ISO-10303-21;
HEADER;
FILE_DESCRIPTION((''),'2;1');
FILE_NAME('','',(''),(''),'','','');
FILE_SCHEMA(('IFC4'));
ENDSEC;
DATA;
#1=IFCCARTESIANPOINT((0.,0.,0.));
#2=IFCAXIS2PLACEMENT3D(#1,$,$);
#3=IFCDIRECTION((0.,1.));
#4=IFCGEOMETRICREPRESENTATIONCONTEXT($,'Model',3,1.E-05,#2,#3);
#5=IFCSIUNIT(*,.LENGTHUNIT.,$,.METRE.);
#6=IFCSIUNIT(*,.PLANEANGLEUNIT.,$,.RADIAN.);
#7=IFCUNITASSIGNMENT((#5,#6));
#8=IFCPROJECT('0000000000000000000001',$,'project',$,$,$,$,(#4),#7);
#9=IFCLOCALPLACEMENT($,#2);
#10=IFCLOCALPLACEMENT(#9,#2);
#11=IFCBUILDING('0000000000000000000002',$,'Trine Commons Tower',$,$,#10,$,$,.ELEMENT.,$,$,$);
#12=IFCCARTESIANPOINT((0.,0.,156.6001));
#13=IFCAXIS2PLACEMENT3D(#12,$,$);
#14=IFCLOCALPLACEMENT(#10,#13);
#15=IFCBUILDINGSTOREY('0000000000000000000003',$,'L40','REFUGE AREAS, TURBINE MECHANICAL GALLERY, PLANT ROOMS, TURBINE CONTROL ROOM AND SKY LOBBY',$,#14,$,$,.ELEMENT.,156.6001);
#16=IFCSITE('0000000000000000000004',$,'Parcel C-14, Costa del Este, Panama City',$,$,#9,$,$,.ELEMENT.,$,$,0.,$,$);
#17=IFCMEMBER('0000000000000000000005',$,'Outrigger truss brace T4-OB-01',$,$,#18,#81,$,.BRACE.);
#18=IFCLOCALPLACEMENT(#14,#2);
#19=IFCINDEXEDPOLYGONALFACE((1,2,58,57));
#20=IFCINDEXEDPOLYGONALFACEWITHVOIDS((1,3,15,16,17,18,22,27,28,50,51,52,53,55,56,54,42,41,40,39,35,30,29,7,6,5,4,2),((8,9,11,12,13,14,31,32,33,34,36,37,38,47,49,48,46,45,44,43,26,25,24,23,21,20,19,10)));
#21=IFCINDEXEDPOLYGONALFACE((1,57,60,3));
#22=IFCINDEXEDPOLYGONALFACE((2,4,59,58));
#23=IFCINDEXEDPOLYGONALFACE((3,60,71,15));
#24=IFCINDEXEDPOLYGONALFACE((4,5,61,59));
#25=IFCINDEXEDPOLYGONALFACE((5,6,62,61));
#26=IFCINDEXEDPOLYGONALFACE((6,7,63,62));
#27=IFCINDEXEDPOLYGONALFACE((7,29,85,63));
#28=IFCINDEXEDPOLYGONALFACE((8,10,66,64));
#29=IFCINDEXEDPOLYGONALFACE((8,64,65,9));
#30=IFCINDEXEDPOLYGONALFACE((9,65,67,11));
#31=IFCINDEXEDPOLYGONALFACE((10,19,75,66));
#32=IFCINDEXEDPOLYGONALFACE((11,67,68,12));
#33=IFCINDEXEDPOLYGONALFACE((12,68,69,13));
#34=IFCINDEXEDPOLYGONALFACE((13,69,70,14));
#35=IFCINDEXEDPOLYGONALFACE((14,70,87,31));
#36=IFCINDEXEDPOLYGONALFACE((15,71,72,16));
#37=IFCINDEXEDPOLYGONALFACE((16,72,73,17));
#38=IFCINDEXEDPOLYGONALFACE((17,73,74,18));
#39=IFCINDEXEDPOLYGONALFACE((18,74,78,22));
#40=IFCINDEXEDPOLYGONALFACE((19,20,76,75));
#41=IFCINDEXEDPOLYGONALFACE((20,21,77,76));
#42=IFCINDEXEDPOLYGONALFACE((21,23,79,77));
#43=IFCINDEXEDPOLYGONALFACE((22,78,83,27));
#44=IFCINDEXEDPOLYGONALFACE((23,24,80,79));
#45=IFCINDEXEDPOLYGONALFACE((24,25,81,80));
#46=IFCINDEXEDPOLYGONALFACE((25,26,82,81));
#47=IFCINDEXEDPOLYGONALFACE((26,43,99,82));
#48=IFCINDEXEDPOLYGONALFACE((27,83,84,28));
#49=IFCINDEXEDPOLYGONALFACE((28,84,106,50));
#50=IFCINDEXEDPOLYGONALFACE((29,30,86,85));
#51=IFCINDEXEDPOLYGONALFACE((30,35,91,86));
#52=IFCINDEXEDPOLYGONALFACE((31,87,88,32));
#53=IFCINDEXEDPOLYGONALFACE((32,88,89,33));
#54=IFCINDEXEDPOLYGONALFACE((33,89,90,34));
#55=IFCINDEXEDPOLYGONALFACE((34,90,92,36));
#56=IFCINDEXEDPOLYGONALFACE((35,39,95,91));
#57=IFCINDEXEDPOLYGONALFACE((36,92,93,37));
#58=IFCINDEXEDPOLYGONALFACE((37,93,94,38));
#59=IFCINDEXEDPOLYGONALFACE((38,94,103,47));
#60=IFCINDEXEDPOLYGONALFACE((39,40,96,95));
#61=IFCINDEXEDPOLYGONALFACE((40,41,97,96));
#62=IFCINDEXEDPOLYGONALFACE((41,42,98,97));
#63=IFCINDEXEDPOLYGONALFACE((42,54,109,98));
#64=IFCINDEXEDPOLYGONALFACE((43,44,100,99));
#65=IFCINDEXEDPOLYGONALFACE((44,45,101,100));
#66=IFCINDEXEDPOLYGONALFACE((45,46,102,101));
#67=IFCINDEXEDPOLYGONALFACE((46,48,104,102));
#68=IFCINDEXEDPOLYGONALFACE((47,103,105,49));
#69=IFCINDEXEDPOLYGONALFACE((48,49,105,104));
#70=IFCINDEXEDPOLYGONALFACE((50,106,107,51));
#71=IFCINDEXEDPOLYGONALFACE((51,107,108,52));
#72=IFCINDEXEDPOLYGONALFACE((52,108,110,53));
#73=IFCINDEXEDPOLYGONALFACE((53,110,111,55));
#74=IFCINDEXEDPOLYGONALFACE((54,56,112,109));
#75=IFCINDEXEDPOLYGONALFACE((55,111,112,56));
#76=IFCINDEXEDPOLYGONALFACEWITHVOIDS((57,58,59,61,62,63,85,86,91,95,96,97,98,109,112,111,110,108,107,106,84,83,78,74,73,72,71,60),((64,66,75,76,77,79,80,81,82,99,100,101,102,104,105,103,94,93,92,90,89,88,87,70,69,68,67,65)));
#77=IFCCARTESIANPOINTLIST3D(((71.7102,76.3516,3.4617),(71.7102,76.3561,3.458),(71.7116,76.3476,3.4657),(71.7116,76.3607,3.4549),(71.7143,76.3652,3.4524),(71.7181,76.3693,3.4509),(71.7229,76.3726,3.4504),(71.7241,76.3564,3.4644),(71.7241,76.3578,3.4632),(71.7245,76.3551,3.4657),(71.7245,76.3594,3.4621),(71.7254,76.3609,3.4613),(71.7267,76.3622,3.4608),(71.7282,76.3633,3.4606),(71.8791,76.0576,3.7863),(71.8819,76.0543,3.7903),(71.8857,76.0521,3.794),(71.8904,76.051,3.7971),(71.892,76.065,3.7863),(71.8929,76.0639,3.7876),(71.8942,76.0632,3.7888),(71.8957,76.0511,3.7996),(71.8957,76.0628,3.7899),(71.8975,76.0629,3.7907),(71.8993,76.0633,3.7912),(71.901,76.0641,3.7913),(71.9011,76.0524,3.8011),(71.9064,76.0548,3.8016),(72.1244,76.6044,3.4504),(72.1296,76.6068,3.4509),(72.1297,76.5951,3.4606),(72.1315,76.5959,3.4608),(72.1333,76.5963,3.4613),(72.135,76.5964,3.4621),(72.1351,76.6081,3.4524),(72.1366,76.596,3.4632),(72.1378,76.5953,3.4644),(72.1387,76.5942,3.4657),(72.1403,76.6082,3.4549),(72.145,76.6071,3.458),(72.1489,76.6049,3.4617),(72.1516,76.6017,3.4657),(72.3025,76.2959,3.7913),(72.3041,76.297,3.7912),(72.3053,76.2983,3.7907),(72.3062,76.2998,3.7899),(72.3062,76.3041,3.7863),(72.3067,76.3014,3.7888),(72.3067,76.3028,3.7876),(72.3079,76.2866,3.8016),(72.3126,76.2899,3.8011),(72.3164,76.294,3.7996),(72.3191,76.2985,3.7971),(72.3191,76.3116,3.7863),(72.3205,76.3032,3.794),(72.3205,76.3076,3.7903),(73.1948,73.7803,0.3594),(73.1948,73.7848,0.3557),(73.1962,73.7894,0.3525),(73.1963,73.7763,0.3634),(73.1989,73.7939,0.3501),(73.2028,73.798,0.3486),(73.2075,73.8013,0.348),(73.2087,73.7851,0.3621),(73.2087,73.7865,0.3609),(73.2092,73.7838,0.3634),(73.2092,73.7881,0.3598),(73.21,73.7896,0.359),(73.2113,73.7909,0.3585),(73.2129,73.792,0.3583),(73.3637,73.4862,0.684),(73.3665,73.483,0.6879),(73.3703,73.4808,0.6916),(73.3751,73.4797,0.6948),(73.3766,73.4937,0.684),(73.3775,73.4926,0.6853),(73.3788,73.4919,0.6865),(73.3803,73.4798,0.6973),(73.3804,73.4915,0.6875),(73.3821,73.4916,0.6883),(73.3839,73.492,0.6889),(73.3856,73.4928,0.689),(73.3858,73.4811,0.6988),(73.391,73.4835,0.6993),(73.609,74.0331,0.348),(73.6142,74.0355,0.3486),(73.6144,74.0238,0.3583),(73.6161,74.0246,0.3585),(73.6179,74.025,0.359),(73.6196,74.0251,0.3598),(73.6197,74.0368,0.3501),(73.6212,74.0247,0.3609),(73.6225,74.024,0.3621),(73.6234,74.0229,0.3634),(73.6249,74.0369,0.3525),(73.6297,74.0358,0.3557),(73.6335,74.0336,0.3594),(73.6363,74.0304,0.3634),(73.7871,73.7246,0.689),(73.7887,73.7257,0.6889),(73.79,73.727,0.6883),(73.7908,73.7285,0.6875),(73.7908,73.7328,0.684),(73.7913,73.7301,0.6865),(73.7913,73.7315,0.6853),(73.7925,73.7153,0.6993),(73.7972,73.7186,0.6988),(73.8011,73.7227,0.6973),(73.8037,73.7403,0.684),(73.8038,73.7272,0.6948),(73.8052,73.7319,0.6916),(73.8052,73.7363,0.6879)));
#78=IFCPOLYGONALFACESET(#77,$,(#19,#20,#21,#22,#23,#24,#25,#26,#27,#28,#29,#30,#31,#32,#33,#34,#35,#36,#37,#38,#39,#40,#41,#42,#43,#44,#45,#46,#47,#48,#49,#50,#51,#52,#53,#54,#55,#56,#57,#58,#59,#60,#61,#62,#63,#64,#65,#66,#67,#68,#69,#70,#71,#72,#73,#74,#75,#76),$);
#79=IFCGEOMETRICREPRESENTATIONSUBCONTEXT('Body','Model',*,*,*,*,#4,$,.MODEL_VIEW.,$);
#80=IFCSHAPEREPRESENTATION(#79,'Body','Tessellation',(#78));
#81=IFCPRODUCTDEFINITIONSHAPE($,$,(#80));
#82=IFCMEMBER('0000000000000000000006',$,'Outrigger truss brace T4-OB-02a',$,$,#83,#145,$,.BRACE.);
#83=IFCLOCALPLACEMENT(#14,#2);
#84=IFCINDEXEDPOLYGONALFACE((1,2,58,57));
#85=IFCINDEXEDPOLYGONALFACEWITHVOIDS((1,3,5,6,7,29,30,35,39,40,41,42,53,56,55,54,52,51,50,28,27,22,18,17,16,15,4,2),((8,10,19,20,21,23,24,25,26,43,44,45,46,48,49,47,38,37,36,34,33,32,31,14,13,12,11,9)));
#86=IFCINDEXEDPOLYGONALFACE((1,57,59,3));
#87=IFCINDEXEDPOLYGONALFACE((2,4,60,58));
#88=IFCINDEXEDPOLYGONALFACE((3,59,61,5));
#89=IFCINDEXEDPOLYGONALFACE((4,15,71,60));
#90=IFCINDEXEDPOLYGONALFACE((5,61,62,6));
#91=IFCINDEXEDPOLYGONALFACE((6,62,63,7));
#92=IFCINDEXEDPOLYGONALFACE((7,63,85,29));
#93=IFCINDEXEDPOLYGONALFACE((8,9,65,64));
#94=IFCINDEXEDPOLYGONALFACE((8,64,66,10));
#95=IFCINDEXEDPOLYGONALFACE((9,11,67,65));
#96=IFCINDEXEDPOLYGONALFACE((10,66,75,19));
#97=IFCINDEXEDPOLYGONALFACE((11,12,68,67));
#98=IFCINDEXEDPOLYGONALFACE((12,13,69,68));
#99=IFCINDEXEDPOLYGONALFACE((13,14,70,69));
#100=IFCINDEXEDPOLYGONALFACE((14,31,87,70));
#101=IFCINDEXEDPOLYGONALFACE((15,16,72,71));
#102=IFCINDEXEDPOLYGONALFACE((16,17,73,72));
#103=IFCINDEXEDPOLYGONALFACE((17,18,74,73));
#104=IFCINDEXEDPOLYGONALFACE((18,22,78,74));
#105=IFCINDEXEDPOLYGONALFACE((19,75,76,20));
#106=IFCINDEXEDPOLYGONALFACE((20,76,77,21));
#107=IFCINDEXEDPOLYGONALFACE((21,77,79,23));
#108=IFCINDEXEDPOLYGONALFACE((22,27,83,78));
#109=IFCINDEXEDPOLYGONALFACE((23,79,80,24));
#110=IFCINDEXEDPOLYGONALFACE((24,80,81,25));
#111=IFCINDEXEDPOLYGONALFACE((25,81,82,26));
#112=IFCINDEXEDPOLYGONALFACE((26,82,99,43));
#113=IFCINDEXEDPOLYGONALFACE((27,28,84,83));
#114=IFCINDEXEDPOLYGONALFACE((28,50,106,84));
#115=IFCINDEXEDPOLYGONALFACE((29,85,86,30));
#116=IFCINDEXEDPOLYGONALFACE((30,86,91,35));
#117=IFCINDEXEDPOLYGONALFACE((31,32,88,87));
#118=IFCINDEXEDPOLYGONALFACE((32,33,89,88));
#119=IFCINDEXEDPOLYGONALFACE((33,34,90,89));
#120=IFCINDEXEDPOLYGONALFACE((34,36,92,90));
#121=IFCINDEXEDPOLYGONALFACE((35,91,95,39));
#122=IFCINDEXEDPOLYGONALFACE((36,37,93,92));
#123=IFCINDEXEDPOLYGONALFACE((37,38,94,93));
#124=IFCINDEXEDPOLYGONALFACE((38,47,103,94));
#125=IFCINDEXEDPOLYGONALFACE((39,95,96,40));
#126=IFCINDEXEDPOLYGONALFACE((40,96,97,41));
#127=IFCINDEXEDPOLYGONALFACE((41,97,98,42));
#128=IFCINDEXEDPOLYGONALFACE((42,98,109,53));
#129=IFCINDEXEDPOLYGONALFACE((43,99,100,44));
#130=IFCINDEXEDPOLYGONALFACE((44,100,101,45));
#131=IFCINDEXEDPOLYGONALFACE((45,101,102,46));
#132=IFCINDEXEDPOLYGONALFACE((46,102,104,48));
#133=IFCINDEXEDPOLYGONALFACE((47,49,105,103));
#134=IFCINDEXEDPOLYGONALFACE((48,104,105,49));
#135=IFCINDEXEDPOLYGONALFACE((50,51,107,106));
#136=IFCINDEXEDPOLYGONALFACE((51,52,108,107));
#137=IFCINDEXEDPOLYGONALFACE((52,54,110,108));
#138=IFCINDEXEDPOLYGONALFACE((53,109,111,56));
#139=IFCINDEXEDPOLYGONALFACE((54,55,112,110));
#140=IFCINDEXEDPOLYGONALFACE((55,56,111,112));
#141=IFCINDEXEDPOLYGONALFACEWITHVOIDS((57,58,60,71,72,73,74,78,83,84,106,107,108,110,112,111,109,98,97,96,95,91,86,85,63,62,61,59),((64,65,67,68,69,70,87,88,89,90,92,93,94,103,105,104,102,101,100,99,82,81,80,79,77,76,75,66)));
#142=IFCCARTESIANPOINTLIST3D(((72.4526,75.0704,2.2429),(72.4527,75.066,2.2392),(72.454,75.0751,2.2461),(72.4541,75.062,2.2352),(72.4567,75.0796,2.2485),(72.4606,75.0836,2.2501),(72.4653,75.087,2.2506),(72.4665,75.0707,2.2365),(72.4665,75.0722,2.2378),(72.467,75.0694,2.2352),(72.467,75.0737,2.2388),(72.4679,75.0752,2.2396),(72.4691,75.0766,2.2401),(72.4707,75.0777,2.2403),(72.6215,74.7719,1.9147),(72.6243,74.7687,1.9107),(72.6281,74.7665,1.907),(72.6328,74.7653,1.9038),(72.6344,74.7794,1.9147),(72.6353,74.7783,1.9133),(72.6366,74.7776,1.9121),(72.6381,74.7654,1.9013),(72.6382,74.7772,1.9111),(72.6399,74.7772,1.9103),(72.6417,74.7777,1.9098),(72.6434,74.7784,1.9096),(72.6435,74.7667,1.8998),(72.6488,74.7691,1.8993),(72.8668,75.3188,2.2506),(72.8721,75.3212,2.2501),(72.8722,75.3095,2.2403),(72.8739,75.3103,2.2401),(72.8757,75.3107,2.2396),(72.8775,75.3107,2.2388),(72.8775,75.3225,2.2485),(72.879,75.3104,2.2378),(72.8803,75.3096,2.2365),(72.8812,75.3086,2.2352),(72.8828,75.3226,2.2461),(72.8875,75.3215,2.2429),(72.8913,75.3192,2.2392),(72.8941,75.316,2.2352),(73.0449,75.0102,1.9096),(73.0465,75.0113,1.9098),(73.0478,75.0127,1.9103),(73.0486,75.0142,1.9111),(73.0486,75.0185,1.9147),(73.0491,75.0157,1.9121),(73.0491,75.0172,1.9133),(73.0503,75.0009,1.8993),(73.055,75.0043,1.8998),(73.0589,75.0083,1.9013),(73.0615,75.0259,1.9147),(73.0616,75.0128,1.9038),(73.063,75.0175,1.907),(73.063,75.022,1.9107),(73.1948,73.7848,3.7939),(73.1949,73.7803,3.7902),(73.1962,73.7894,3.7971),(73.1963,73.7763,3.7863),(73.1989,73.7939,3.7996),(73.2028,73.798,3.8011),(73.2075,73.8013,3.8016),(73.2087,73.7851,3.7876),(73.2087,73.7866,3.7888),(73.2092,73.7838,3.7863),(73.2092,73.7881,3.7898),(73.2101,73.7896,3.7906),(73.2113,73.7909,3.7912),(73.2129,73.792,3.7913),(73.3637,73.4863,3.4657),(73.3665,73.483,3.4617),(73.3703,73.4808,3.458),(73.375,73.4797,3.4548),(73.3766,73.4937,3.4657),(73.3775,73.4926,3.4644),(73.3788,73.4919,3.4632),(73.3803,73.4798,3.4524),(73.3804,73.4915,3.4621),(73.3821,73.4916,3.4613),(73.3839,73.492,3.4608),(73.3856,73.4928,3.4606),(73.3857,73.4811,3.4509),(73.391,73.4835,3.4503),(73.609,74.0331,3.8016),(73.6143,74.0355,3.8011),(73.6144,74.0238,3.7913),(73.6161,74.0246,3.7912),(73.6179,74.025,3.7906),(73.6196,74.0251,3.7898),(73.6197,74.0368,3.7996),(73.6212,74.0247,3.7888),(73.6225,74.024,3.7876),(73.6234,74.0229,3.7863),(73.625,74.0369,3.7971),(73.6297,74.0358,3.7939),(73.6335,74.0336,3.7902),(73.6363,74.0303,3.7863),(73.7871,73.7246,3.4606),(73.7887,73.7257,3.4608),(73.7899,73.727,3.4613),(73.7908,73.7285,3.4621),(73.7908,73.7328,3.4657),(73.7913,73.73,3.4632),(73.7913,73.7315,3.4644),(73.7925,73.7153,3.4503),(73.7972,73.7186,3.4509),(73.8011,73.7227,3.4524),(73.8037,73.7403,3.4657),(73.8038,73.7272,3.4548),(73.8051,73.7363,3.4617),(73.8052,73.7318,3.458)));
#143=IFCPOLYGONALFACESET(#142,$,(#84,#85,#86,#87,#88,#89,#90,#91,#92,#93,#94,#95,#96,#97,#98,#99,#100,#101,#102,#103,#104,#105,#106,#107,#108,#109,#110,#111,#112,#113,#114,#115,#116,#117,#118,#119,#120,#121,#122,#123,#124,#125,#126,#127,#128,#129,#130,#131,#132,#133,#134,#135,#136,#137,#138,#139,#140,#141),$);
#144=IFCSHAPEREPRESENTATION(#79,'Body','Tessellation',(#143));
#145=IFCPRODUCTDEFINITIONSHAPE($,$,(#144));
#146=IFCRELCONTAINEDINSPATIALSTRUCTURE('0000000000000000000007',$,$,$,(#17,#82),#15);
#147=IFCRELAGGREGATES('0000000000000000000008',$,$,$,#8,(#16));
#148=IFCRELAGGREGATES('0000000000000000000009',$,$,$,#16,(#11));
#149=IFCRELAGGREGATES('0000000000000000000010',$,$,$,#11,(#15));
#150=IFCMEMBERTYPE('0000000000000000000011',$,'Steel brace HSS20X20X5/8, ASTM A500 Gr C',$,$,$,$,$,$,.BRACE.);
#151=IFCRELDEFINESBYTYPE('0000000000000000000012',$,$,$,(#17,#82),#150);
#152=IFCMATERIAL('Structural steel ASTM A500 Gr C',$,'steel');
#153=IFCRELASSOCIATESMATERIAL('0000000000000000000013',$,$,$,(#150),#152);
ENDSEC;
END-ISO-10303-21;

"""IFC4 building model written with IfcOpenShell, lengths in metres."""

from ifc_helpers import new_model, si_unit, direction, frame, origin, origin_2d, place, context, subcontext, project, spatial, hollow_rectangle, extrude, material, material_profile, profile_set, type_object, element, save


model = new_model("IFC4")

# Units and contexts
model_context = context("Model", 3, precision=1e-05, world=origin(), true_north=direction((0.0, 1.0)))
body_context = subcontext(model_context, "Body", "Model", "MODEL_VIEW")
ifc_project = project(units=[si_unit("LENGTHUNIT", "METRE"), si_unit("PLANEANGLEUNIT", "RADIAN")], contexts=[model_context])

# Site, building, storey
site_placement = place(None, origin())
site = spatial("IfcSite", under=ifc_project, at=site_placement, Name="Parcel C-14, Costa del Este, Panama City", CompositionType="ELEMENT", RefElevation=0.0)
building_placement = place(site_placement, origin())
building = spatial("IfcBuilding", under=site, at=building_placement, Name="Trine Commons Tower", CompositionType="ELEMENT")
storey_placement = place(building_placement, frame((0.0, 0.0, 156.6001)))
storey = spatial("IfcBuildingStorey", under=building, at=storey_placement, Name="L40", Description="REFUGE AREAS, TURBINE MECHANICAL GALLERY, PLANT ROOMS, TURBINE CONTROL ROOM AND SKY LOBBY", CompositionType="ELEMENT", Elevation=156.6001)

# Members
ifc_material_1 = material(Name="Structural steel ASTM A500 Gr C", Category="steel")
ifc_material_profile_1 = material_profile(ifc_material_1, hollow_rectangle(XDim=0.5081, YDim=0.5081, WallThickness=0.0149, InnerFilletRadius=0.0073, OuterFilletRadius=0.0222, at=origin_2d()), Name="HSS20X20X5/8")
ifc_profile_set_1 = profile_set([ifc_material_profile_1], Name="Structural steel ASTM A500 Gr C")
member_type_1 = type_object("IfcMemberType", Name="Steel brace HSS20X20X5/8, ASTM A500 Gr C", PredefinedType="BRACE", material=ifc_profile_set_1)
member_1_placement = place(storey_placement, frame((73.5, 73.7583, 0.5237), z_axis=(-0.345729, 0.598787, 0.722444), x_axis=(-0.866013, -0.500021, 0.0)))
element("IfcMember", 1, at=member_1_placement, inside=storey, type_object=member_type_1, Name="Outrigger truss brace T4-OB-01", PredefinedType="BRACE", context=body_context, shape_type="SweptSolid", body=[
    extrude(hollow_rectangle(XDim=0.5081, YDim=0.5081, WallThickness=0.0149, InnerFilletRadius=0.0073, OuterFilletRadius=0.0222, at=origin_2d()), origin(), (0.0, 0.0, 1.0), 4.2942),
])
member_2_placement = place(storey_placement, frame((73.5, 73.7583, 3.626), z_axis=(-0.345694, 0.598823, -0.722431), x_axis=(-0.866049, -0.49996, 0.0)))
element("IfcMember", 2, at=member_2_placement, inside=storey, type_object=member_type_1, Name="Outrigger truss brace T4-OB-02a", PredefinedType="BRACE", context=body_context, shape_type="SweptSolid", body=[
    extrude(hollow_rectangle(XDim=0.5081, YDim=0.5081, WallThickness=0.0149, InnerFilletRadius=0.0073, OuterFilletRadius=0.0222, at=origin_2d()), origin(), (0.0, 0.0, 1.0), 2.147),
])

save(model, "model.ifc")
